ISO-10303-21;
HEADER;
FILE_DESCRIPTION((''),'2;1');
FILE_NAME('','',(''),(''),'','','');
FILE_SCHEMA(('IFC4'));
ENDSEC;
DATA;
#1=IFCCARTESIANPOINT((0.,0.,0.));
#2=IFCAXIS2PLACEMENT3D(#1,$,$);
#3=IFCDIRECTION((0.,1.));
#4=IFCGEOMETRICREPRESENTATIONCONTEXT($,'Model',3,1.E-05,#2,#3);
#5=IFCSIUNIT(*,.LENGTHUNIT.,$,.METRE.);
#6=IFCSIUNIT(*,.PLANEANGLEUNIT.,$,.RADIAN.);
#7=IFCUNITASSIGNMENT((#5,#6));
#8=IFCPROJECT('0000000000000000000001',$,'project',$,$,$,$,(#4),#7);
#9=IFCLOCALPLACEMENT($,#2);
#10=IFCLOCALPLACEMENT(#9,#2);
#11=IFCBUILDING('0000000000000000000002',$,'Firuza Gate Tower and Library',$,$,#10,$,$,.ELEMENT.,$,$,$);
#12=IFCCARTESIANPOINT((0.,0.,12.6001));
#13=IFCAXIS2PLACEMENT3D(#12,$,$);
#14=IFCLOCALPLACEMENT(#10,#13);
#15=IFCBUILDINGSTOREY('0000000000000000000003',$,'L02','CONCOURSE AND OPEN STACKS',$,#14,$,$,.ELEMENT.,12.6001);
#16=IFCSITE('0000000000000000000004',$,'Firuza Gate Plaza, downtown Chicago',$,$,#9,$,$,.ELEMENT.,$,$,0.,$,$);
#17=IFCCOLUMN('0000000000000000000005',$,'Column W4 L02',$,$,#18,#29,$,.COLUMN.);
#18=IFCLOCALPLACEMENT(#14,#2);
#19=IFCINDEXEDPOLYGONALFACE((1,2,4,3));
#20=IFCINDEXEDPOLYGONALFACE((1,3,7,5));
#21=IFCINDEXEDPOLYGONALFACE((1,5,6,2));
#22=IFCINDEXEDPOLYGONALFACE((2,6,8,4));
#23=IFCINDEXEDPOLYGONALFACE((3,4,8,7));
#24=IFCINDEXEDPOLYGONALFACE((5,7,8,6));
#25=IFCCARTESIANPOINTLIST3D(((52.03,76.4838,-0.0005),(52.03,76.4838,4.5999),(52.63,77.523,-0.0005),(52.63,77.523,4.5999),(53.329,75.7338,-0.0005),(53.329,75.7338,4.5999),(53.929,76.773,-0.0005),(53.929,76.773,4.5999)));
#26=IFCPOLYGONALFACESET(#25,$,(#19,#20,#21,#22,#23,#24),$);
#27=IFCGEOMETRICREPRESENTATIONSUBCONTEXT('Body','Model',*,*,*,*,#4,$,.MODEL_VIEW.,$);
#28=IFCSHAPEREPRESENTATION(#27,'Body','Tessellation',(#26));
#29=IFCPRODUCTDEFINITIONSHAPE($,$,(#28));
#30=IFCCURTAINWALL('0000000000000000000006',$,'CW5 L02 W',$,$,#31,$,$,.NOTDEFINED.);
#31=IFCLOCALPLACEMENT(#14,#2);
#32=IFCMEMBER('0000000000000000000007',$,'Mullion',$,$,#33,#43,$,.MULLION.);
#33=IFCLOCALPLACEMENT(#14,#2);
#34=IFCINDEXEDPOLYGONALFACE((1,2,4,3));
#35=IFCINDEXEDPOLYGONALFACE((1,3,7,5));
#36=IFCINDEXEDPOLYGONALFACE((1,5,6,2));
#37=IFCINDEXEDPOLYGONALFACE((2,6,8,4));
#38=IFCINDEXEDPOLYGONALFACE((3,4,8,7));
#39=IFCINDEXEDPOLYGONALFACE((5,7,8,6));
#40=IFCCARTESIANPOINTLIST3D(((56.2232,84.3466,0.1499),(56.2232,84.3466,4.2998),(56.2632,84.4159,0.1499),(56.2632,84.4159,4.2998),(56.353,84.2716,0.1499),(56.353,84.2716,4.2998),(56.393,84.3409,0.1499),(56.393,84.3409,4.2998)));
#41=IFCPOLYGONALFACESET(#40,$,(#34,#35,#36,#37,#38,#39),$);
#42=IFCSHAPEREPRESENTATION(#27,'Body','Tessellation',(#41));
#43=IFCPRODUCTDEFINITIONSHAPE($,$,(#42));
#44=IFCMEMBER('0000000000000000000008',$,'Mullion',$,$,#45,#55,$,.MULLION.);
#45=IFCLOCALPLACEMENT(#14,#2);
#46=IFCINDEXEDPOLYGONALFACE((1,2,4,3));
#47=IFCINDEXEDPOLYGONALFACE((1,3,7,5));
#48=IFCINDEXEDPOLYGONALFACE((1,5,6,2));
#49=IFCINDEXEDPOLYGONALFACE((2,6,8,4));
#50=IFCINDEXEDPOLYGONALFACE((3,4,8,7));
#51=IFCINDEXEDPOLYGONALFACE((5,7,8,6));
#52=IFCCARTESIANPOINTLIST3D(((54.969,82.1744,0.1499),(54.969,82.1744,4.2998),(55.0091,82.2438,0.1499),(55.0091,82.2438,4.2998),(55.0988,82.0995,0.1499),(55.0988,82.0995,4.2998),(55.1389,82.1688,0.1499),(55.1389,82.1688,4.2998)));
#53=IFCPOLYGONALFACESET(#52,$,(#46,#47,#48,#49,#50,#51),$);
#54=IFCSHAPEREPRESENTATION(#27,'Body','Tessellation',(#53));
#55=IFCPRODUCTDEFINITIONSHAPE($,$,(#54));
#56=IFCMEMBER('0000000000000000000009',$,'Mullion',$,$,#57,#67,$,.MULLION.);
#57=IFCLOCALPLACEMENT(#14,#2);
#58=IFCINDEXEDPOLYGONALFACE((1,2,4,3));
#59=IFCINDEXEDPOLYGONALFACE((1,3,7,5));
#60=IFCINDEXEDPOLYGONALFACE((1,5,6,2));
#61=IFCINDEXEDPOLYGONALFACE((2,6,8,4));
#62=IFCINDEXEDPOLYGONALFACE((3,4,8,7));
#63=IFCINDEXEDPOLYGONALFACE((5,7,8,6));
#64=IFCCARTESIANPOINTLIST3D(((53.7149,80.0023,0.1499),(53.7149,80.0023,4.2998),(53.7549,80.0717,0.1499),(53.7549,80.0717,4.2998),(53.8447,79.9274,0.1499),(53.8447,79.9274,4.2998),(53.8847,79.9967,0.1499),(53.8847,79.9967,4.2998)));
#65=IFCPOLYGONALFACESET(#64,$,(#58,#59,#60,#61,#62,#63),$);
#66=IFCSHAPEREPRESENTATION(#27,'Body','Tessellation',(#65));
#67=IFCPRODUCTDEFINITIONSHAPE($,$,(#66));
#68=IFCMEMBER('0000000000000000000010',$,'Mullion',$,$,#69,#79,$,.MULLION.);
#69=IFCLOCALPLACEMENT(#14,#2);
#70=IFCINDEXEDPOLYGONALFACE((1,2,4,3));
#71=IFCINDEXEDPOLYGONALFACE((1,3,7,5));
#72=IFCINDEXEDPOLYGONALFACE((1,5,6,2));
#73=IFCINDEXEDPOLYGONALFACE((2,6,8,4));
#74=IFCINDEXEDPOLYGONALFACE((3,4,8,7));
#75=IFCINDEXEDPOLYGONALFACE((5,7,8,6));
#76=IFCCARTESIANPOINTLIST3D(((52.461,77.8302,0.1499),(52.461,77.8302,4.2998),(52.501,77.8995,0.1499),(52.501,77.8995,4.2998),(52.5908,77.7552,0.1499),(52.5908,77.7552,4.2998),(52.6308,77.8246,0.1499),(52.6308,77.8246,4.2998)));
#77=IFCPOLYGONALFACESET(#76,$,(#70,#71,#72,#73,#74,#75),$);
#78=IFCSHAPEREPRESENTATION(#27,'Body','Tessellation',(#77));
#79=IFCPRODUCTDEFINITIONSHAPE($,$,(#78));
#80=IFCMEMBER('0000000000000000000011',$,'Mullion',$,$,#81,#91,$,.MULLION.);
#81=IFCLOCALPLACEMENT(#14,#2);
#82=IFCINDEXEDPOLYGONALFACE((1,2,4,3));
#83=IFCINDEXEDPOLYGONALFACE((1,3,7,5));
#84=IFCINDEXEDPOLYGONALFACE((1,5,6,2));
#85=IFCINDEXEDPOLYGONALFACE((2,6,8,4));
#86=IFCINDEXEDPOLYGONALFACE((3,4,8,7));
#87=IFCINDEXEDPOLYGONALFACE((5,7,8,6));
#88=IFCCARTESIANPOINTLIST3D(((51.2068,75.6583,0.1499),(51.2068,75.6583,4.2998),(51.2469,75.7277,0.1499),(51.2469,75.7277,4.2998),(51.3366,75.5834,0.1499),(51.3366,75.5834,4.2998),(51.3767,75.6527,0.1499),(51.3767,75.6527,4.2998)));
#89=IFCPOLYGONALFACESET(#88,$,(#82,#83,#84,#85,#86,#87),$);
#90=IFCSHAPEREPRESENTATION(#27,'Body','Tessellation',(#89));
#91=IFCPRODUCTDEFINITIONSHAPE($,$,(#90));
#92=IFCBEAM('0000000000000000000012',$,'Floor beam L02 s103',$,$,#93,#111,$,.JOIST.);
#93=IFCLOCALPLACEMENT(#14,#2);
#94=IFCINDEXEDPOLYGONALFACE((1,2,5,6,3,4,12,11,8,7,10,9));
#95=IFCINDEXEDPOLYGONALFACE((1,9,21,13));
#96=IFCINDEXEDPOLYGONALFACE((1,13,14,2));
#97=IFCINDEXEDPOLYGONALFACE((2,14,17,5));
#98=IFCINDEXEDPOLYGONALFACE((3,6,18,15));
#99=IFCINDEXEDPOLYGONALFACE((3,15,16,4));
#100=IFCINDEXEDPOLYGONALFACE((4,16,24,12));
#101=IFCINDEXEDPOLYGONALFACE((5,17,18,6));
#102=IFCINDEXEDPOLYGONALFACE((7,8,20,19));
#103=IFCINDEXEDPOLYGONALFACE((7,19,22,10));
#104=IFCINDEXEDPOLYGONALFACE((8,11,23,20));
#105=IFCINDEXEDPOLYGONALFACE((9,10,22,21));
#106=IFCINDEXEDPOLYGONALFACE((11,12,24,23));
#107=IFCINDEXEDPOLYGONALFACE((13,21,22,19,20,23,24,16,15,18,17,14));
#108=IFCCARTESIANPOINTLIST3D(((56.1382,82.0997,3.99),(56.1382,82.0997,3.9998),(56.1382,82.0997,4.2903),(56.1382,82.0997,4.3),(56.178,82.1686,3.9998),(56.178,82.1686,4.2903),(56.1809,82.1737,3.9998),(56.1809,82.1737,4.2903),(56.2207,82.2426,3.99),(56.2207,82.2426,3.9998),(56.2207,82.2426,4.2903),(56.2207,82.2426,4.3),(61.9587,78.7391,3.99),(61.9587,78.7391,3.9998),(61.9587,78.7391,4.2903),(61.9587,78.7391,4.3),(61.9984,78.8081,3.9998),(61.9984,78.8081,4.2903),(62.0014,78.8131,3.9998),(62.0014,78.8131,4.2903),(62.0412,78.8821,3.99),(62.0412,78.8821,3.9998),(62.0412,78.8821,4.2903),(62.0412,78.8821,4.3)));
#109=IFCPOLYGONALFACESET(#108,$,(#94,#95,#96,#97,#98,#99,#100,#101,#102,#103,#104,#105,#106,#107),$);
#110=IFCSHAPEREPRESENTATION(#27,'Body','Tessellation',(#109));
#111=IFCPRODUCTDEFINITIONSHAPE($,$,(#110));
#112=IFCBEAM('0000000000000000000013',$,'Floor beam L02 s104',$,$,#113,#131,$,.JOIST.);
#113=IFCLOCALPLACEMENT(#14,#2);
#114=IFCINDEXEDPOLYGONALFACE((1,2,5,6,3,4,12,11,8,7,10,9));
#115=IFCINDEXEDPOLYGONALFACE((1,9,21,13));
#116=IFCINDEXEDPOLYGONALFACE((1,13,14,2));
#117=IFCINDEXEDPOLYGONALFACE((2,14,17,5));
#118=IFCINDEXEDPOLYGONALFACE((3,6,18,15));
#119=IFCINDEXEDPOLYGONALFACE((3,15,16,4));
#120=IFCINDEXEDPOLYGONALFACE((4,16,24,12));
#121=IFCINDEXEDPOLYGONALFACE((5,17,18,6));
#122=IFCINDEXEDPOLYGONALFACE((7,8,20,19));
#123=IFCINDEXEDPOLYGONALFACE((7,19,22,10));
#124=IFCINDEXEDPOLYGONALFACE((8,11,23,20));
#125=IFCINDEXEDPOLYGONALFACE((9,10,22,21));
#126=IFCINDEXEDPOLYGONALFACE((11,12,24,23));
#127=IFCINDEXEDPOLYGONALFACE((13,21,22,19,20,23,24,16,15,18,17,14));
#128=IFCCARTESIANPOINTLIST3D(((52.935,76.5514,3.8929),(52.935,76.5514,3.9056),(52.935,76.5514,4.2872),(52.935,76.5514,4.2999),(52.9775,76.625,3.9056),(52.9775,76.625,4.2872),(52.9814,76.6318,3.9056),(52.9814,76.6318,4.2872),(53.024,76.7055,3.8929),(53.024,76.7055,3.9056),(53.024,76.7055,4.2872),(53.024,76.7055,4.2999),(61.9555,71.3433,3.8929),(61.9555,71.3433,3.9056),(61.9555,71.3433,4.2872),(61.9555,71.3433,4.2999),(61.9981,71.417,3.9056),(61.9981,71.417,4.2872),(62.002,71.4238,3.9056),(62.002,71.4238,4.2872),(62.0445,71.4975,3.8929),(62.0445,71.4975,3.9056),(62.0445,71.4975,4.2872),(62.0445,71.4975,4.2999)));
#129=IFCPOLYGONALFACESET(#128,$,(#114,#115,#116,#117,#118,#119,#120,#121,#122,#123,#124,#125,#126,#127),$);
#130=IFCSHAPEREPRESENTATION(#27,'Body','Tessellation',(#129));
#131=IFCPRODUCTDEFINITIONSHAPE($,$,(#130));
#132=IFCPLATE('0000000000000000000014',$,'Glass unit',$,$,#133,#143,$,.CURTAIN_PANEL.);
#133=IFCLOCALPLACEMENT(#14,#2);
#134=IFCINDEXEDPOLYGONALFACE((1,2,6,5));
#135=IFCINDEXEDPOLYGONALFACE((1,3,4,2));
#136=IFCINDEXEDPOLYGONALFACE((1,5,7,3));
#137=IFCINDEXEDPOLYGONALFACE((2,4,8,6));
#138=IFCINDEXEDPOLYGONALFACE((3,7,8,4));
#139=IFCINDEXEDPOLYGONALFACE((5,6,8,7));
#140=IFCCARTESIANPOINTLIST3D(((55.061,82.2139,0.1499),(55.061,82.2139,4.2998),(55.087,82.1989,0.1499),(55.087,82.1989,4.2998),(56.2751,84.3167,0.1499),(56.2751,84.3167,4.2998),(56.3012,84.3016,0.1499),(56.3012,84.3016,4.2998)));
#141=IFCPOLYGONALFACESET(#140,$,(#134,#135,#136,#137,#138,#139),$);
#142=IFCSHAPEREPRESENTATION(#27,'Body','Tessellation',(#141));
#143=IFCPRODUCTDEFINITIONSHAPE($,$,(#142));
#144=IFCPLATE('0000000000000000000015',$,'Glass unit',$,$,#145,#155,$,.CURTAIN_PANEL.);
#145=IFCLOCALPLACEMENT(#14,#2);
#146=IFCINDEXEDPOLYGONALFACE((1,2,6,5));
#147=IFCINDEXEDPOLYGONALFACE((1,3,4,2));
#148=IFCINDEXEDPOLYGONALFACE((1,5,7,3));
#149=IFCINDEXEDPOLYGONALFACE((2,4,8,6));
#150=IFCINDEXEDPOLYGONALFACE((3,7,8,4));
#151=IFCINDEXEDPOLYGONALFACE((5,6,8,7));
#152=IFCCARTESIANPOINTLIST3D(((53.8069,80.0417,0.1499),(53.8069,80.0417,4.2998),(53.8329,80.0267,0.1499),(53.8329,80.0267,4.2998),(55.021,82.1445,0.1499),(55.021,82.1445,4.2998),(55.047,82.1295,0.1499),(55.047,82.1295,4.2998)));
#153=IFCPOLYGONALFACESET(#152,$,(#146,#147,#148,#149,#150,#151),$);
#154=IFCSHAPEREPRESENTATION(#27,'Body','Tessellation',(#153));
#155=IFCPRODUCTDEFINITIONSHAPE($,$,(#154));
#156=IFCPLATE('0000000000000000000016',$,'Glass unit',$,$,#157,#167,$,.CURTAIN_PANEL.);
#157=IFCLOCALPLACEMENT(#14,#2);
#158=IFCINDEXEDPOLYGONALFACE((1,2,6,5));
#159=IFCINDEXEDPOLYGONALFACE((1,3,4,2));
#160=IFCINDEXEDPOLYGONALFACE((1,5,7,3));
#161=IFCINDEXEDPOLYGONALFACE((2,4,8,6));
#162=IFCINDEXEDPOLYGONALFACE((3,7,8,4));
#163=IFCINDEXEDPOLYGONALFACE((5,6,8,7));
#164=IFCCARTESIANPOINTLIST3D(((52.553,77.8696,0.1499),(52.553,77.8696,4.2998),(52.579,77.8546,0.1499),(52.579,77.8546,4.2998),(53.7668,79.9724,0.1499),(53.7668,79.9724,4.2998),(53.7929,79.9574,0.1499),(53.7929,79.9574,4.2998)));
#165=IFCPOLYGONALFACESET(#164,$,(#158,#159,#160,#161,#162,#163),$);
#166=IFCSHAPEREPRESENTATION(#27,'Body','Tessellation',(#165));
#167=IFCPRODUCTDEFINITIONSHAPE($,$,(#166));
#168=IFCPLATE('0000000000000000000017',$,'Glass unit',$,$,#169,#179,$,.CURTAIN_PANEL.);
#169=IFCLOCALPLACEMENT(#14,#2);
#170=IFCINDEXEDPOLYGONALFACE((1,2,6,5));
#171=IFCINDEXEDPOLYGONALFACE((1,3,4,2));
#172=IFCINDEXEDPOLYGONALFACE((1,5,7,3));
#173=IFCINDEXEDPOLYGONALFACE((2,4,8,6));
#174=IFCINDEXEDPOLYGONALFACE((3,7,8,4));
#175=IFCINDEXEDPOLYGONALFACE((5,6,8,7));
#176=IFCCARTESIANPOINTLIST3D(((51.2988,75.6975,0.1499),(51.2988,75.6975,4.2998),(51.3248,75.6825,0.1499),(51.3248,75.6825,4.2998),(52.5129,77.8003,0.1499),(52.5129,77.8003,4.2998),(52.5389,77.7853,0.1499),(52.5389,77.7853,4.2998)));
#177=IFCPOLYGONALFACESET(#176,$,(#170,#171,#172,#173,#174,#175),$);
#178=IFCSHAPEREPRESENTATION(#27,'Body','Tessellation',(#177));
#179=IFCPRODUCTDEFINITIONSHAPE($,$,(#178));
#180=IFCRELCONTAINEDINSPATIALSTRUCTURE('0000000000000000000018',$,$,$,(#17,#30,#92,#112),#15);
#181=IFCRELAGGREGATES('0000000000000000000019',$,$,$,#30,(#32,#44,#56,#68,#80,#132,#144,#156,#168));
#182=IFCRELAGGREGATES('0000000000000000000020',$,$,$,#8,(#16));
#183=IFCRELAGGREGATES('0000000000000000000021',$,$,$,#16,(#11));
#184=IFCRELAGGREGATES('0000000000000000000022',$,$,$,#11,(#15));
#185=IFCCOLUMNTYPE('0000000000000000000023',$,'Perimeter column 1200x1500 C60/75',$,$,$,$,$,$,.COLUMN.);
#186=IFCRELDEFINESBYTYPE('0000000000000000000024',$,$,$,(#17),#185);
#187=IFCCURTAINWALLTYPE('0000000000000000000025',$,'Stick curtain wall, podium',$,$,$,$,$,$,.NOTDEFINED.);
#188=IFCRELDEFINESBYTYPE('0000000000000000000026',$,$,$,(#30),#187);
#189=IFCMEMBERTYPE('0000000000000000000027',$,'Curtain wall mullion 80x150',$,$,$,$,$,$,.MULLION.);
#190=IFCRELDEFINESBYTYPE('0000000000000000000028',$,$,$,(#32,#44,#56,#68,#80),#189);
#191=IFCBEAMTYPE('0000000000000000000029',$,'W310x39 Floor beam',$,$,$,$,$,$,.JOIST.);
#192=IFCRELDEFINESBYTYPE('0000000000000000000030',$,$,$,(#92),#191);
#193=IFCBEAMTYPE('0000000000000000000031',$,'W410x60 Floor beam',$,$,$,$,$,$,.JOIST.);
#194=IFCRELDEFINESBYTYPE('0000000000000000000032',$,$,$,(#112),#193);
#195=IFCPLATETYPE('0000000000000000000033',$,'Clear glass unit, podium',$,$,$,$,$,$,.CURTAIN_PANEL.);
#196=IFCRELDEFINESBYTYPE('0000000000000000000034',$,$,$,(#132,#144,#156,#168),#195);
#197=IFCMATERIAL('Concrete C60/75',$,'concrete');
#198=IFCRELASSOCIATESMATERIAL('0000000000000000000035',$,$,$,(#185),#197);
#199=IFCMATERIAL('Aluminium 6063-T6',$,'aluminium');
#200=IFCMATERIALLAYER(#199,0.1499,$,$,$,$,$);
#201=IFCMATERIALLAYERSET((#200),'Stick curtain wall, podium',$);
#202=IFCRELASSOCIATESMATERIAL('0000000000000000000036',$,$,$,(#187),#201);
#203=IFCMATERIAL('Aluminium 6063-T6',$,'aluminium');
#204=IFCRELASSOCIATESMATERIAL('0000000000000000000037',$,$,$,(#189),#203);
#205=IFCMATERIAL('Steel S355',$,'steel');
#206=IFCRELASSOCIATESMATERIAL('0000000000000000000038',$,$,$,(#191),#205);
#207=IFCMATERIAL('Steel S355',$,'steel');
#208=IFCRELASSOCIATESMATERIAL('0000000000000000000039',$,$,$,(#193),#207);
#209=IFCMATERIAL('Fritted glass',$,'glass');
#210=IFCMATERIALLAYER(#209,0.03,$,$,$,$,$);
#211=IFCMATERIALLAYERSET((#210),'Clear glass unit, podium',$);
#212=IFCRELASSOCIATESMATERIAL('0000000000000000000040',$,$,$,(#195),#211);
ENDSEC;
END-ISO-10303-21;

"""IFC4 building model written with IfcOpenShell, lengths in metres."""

from ifc_helpers import new_model, si_unit, direction, frame, origin, origin_2d, place, context, subcontext, project, spatial, polyline, rectangle, i_section, outline, extrude, material, layer, layer_set, material_profile, profile_set, type_object, element, aggregate, save


model = new_model("IFC4")

# Units and contexts
model_context = context("Model", 3, precision=1e-05, world=origin(), true_north=direction((0.0, 1.0)))
body_context = subcontext(model_context, "Body", "Model", "MODEL_VIEW")
ifc_project = project(units=[si_unit("LENGTHUNIT", "METRE"), si_unit("PLANEANGLEUNIT", "RADIAN")], contexts=[model_context])

# Site, building, storey
site_placement = place(None, origin())
site = spatial("IfcSite", under=ifc_project, at=site_placement, Name="Firuza Gate Plaza, downtown Chicago", CompositionType="ELEMENT", RefElevation=0.0)
building_placement = place(site_placement, origin())
building = spatial("IfcBuilding", under=site, at=building_placement, Name="Firuza Gate Tower and Library", CompositionType="ELEMENT")
storey_placement = place(building_placement, frame((0.0, 0.0, 12.6001)))
storey = spatial("IfcBuildingStorey", under=building, at=storey_placement, Name="L02", Description="CONCOURSE AND OPEN STACKS", CompositionType="ELEMENT", Elevation=12.6001)

# Column
ifc_material_1 = material(Name="Concrete C60/75", Category="concrete")
ifc_material_profile_1 = material_profile(ifc_material_1, rectangle(XDim=1.2, YDim=1.5, at=origin_2d()))
ifc_profile_set_1 = profile_set([ifc_material_profile_1], Name="Concrete C60/75")
column_type = type_object("IfcColumnType", Name="Perimeter column 1200x1500 C60/75", PredefinedType="COLUMN", material=ifc_profile_set_1)
column_placement = place(storey_placement, frame((52.9795, 76.6284, -0.0005), z_axis=(0.0, 0.0, 1.0), x_axis=(-0.5, -0.866025, 0.0)))
element("IfcColumn", 1, at=column_placement, inside=storey, type_object=column_type, Name="Column W4 L02", PredefinedType="COLUMN", context=body_context, shape_type="SweptSolid", body=[
    extrude(rectangle(XDim=1.2, YDim=1.5, at=origin_2d()), origin(), (0.0, 0.0, 1.0), 4.6003),
])

# Curtain wall, members
ifc_material_2 = material(Name="Aluminium 6063-T6", Category="aluminium")
ifc_layer_1 = layer(ifc_material_2, 0.1499)
ifc_layer_set_1 = layer_set([ifc_layer_1], Name="Stick curtain wall, podium")
curtain_wall_type = type_object("IfcCurtainWallType", Name="Stick curtain wall, podium", PredefinedType="NOTDEFINED", material=ifc_layer_set_1)
curtain_wall_placement = place(storey_placement, origin())
curtain_wall = element("IfcCurtainWall", 2, at=curtain_wall_placement, inside=storey, type_object=curtain_wall_type, Name="CW5 L02 W", PredefinedType="NOTDEFINED")
ifc_material_3 = material(Name="Aluminium 6063-T6", Category="aluminium")
ifc_material_profile_2 = material_profile(ifc_material_3, rectangle(XDim=0.1499, YDim=0.0801, at=origin_2d()))
ifc_profile_set_2 = profile_set([ifc_material_profile_2], Name="Aluminium 6063-T6")
member_type = type_object("IfcMemberType", Name="Curtain wall mullion 80x150", PredefinedType="MULLION", material=ifc_profile_set_2)
member_1_placement = place(storey_placement, frame((56.3081, 84.3438, 0.1499), z_axis=(0.0, 0.0, 1.0), x_axis=(0.866025, -0.5, 0.0)))
member_1 = element("IfcMember", 3, at=member_1_placement, type_object=member_type, Name="Mullion", PredefinedType="MULLION", context=body_context, shape_type="SweptSolid", body=[
    extrude(rectangle(XDim=0.1499, YDim=0.0801, at=origin_2d()), origin(), (0.0, 0.0, 1.0), 4.1499),
])
member_2_placement = place(storey_placement, frame((55.054, 82.1716, 0.1499), z_axis=(0.0, 0.0, 1.0), x_axis=(0.866025, -0.5, 0.0)))
member_2 = element("IfcMember", 4, at=member_2_placement, type_object=member_type, Name="Mullion", PredefinedType="MULLION", context=body_context, shape_type="SweptSolid", body=[
    extrude(rectangle(XDim=0.1499, YDim=0.0801, at=origin_2d()), origin(), (0.0, 0.0, 1.0), 4.1499),
])
member_3_placement = place(storey_placement, frame((53.7998, 79.9995, 0.1499), z_axis=(0.0, 0.0, 1.0), x_axis=(0.866025, -0.5, 0.0)))
member_3 = element("IfcMember", 5, at=member_3_placement, type_object=member_type, Name="Mullion", PredefinedType="MULLION", context=body_context, shape_type="SweptSolid", body=[
    extrude(rectangle(XDim=0.1499, YDim=0.0801, at=origin_2d()), origin(), (0.0, 0.0, 1.0), 4.1499),
])
member_4_placement = place(storey_placement, frame((52.5459, 77.8274, 0.1499), z_axis=(0.0, 0.0, 1.0), x_axis=(0.866025, -0.5, 0.0)))
member_4 = element("IfcMember", 6, at=member_4_placement, type_object=member_type, Name="Mullion", PredefinedType="MULLION", context=body_context, shape_type="SweptSolid", body=[
    extrude(rectangle(XDim=0.1499, YDim=0.0801, at=origin_2d()), origin(), (0.0, 0.0, 1.0), 4.1499),
])
member_5_placement = place(storey_placement, frame((51.2917, 75.6555, 0.1499), z_axis=(0.0, 0.0, 1.0), x_axis=(0.866025, -0.5, 0.0)))
member_5 = element("IfcMember", 7, at=member_5_placement, type_object=member_type, Name="Mullion", PredefinedType="MULLION", context=body_context, shape_type="SweptSolid", body=[
    extrude(rectangle(XDim=0.1499, YDim=0.0801, at=origin_2d()), origin(), (0.0, 0.0, 1.0), 4.1499),
])

# Beams
ifc_material_4 = material(Name="Steel S355", Category="steel")
ifc_material_profile_3 = material_profile(ifc_material_4, i_section(OverallWidth=0.165, OverallDepth=0.3101, WebThickness=0.0059, FlangeThickness=0.0098, at=origin_2d()))
ifc_profile_set_3 = profile_set([ifc_material_profile_3], Name="Steel S355")
beam_type_1 = type_object("IfcBeamType", Name="W310x39 Floor beam", PredefinedType="JOIST", material=ifc_profile_set_3)
beam_1_placement = place(storey_placement, frame((56.1794, 82.1711, 4.145), z_axis=(0.866019, -0.500011, 0.0), x_axis=(0.500011, 0.866019, 0.0)))
element("IfcBeam", 8, at=beam_1_placement, inside=storey, type_object=beam_type_1, Name="Floor beam L02 s103", PredefinedType="JOIST", context=body_context, shape_type="SweptSolid", body=[
    extrude(i_section(OverallWidth=0.165, OverallDepth=0.3101, WebThickness=0.0059, FlangeThickness=0.0098, at=origin_2d()), origin(), (0.0, 0.0, 1.0), 6.7209),
])
ifc_material_5 = material(Name="Steel S355", Category="steel")
ifc_material_profile_4 = material_profile(ifc_material_5, i_section(OverallWidth=0.178, OverallDepth=0.407, WebThickness=0.0078, FlangeThickness=0.0127, at=origin_2d()))
ifc_profile_set_4 = profile_set([ifc_material_profile_4], Name="Steel S355")
beam_type_2 = type_object("IfcBeamType", Name="W410x60 Floor beam", PredefinedType="JOIST", material=ifc_profile_set_4)
beam_2_placement = place(storey_placement, frame((52.9795, 76.6284, 4.0964), z_axis=(0.866025, -0.500001, 0.0), x_axis=(0.500001, 0.866025, 0.0)))
element("IfcBeam", 9, at=beam_2_placement, inside=storey, type_object=beam_type_2, Name="Floor beam L02 s104", PredefinedType="JOIST", context=body_context, shape_type="SweptSolid", body=[
    extrude(i_section(OverallWidth=0.178, OverallDepth=0.407, WebThickness=0.0078, FlangeThickness=0.0127, at=origin_2d()), origin(), (0.0, 0.0, 1.0), 10.416),
])

# Plates
ifc_material_6 = material(Name="Fritted glass", Category="glass")
ifc_layer_2 = layer(ifc_material_6, 0.03)
ifc_layer_set_2 = layer_set([ifc_layer_2], Name="Clear glass unit, podium")
plate_type = type_object("IfcPlateType", Name="Clear glass unit, podium", PredefinedType="CURTAIN_PANEL", material=ifc_layer_set_2)
plate_1_placement = place(storey_placement, frame((56.2751, 84.3167, 0.1499), z_axis=(-0.866013, 0.500021, 0.0), x_axis=(-0.500021, -0.866013, 0.0)))
plate_1 = element("IfcPlate", 10, at=plate_1_placement, type_object=plate_type, Name="Glass unit", PredefinedType="CURTAIN_PANEL", context=body_context, shape_type="SweptSolid", body=[
    extrude(outline(polyline([(0.0, 0.0), (2.4281, 0.0), (2.4281, 4.1499), (0.0, 4.1499), (0.0, 0.0)])), origin(), (0.0, 0.0, -1.0), 0.03),
])
plate_2_placement = place(storey_placement, frame((55.021, 82.1445, 0.1499), z_axis=(-0.866013, 0.500021, 0.0), x_axis=(-0.500021, -0.866013, 0.0)))
plate_2 = element("IfcPlate", 11, at=plate_2_placement, type_object=plate_type, Name="Glass unit", PredefinedType="CURTAIN_PANEL", context=body_context, shape_type="SweptSolid", body=[
    extrude(outline(polyline([(0.0, 0.0), (2.4281, 0.0), (2.4281, 4.1499), (0.0, 4.1499), (0.0, 0.0)])), origin(), (0.0, 0.0, -1.0), 0.03),
])
plate_3_placement = place(storey_placement, frame((53.7668, 79.9724, 0.1499), z_axis=(-0.866057, 0.499946, 0.0), x_axis=(-0.499946, -0.866057, 0.0)))
plate_3 = element("IfcPlate", 12, at=plate_3_placement, type_object=plate_type, Name="Glass unit", PredefinedType="CURTAIN_PANEL", context=body_context, shape_type="SweptSolid", body=[
    extrude(outline(polyline([(0.0, 0.0), (2.428, 0.0), (2.428, 4.1499), (0.0, 4.1499), (0.0, 0.0)])), origin(), (0.0, 0.0, -1.0), 0.03),
])
plate_4_placement = place(storey_placement, frame((52.5129, 77.8003, 0.1499), z_axis=(-0.866013, 0.500021, 0.0), x_axis=(-0.500021, -0.866013, 0.0)))
plate_4 = element("IfcPlate", 13, at=plate_4_placement, type_object=plate_type, Name="Glass unit", PredefinedType="CURTAIN_PANEL", context=body_context, shape_type="SweptSolid", body=[
    extrude(outline(polyline([(0.0, 0.0), (2.4281, 0.0), (2.4281, 4.1499), (0.0, 4.1499), (0.0, 0.0)])), origin(), (0.0, 0.0, -1.0), 0.03),
])
aggregate(curtain_wall, [member_1, member_2, member_3, member_4, member_5, plate_1, plate_2, plate_3, plate_4])

save(model, "model.ifc")
